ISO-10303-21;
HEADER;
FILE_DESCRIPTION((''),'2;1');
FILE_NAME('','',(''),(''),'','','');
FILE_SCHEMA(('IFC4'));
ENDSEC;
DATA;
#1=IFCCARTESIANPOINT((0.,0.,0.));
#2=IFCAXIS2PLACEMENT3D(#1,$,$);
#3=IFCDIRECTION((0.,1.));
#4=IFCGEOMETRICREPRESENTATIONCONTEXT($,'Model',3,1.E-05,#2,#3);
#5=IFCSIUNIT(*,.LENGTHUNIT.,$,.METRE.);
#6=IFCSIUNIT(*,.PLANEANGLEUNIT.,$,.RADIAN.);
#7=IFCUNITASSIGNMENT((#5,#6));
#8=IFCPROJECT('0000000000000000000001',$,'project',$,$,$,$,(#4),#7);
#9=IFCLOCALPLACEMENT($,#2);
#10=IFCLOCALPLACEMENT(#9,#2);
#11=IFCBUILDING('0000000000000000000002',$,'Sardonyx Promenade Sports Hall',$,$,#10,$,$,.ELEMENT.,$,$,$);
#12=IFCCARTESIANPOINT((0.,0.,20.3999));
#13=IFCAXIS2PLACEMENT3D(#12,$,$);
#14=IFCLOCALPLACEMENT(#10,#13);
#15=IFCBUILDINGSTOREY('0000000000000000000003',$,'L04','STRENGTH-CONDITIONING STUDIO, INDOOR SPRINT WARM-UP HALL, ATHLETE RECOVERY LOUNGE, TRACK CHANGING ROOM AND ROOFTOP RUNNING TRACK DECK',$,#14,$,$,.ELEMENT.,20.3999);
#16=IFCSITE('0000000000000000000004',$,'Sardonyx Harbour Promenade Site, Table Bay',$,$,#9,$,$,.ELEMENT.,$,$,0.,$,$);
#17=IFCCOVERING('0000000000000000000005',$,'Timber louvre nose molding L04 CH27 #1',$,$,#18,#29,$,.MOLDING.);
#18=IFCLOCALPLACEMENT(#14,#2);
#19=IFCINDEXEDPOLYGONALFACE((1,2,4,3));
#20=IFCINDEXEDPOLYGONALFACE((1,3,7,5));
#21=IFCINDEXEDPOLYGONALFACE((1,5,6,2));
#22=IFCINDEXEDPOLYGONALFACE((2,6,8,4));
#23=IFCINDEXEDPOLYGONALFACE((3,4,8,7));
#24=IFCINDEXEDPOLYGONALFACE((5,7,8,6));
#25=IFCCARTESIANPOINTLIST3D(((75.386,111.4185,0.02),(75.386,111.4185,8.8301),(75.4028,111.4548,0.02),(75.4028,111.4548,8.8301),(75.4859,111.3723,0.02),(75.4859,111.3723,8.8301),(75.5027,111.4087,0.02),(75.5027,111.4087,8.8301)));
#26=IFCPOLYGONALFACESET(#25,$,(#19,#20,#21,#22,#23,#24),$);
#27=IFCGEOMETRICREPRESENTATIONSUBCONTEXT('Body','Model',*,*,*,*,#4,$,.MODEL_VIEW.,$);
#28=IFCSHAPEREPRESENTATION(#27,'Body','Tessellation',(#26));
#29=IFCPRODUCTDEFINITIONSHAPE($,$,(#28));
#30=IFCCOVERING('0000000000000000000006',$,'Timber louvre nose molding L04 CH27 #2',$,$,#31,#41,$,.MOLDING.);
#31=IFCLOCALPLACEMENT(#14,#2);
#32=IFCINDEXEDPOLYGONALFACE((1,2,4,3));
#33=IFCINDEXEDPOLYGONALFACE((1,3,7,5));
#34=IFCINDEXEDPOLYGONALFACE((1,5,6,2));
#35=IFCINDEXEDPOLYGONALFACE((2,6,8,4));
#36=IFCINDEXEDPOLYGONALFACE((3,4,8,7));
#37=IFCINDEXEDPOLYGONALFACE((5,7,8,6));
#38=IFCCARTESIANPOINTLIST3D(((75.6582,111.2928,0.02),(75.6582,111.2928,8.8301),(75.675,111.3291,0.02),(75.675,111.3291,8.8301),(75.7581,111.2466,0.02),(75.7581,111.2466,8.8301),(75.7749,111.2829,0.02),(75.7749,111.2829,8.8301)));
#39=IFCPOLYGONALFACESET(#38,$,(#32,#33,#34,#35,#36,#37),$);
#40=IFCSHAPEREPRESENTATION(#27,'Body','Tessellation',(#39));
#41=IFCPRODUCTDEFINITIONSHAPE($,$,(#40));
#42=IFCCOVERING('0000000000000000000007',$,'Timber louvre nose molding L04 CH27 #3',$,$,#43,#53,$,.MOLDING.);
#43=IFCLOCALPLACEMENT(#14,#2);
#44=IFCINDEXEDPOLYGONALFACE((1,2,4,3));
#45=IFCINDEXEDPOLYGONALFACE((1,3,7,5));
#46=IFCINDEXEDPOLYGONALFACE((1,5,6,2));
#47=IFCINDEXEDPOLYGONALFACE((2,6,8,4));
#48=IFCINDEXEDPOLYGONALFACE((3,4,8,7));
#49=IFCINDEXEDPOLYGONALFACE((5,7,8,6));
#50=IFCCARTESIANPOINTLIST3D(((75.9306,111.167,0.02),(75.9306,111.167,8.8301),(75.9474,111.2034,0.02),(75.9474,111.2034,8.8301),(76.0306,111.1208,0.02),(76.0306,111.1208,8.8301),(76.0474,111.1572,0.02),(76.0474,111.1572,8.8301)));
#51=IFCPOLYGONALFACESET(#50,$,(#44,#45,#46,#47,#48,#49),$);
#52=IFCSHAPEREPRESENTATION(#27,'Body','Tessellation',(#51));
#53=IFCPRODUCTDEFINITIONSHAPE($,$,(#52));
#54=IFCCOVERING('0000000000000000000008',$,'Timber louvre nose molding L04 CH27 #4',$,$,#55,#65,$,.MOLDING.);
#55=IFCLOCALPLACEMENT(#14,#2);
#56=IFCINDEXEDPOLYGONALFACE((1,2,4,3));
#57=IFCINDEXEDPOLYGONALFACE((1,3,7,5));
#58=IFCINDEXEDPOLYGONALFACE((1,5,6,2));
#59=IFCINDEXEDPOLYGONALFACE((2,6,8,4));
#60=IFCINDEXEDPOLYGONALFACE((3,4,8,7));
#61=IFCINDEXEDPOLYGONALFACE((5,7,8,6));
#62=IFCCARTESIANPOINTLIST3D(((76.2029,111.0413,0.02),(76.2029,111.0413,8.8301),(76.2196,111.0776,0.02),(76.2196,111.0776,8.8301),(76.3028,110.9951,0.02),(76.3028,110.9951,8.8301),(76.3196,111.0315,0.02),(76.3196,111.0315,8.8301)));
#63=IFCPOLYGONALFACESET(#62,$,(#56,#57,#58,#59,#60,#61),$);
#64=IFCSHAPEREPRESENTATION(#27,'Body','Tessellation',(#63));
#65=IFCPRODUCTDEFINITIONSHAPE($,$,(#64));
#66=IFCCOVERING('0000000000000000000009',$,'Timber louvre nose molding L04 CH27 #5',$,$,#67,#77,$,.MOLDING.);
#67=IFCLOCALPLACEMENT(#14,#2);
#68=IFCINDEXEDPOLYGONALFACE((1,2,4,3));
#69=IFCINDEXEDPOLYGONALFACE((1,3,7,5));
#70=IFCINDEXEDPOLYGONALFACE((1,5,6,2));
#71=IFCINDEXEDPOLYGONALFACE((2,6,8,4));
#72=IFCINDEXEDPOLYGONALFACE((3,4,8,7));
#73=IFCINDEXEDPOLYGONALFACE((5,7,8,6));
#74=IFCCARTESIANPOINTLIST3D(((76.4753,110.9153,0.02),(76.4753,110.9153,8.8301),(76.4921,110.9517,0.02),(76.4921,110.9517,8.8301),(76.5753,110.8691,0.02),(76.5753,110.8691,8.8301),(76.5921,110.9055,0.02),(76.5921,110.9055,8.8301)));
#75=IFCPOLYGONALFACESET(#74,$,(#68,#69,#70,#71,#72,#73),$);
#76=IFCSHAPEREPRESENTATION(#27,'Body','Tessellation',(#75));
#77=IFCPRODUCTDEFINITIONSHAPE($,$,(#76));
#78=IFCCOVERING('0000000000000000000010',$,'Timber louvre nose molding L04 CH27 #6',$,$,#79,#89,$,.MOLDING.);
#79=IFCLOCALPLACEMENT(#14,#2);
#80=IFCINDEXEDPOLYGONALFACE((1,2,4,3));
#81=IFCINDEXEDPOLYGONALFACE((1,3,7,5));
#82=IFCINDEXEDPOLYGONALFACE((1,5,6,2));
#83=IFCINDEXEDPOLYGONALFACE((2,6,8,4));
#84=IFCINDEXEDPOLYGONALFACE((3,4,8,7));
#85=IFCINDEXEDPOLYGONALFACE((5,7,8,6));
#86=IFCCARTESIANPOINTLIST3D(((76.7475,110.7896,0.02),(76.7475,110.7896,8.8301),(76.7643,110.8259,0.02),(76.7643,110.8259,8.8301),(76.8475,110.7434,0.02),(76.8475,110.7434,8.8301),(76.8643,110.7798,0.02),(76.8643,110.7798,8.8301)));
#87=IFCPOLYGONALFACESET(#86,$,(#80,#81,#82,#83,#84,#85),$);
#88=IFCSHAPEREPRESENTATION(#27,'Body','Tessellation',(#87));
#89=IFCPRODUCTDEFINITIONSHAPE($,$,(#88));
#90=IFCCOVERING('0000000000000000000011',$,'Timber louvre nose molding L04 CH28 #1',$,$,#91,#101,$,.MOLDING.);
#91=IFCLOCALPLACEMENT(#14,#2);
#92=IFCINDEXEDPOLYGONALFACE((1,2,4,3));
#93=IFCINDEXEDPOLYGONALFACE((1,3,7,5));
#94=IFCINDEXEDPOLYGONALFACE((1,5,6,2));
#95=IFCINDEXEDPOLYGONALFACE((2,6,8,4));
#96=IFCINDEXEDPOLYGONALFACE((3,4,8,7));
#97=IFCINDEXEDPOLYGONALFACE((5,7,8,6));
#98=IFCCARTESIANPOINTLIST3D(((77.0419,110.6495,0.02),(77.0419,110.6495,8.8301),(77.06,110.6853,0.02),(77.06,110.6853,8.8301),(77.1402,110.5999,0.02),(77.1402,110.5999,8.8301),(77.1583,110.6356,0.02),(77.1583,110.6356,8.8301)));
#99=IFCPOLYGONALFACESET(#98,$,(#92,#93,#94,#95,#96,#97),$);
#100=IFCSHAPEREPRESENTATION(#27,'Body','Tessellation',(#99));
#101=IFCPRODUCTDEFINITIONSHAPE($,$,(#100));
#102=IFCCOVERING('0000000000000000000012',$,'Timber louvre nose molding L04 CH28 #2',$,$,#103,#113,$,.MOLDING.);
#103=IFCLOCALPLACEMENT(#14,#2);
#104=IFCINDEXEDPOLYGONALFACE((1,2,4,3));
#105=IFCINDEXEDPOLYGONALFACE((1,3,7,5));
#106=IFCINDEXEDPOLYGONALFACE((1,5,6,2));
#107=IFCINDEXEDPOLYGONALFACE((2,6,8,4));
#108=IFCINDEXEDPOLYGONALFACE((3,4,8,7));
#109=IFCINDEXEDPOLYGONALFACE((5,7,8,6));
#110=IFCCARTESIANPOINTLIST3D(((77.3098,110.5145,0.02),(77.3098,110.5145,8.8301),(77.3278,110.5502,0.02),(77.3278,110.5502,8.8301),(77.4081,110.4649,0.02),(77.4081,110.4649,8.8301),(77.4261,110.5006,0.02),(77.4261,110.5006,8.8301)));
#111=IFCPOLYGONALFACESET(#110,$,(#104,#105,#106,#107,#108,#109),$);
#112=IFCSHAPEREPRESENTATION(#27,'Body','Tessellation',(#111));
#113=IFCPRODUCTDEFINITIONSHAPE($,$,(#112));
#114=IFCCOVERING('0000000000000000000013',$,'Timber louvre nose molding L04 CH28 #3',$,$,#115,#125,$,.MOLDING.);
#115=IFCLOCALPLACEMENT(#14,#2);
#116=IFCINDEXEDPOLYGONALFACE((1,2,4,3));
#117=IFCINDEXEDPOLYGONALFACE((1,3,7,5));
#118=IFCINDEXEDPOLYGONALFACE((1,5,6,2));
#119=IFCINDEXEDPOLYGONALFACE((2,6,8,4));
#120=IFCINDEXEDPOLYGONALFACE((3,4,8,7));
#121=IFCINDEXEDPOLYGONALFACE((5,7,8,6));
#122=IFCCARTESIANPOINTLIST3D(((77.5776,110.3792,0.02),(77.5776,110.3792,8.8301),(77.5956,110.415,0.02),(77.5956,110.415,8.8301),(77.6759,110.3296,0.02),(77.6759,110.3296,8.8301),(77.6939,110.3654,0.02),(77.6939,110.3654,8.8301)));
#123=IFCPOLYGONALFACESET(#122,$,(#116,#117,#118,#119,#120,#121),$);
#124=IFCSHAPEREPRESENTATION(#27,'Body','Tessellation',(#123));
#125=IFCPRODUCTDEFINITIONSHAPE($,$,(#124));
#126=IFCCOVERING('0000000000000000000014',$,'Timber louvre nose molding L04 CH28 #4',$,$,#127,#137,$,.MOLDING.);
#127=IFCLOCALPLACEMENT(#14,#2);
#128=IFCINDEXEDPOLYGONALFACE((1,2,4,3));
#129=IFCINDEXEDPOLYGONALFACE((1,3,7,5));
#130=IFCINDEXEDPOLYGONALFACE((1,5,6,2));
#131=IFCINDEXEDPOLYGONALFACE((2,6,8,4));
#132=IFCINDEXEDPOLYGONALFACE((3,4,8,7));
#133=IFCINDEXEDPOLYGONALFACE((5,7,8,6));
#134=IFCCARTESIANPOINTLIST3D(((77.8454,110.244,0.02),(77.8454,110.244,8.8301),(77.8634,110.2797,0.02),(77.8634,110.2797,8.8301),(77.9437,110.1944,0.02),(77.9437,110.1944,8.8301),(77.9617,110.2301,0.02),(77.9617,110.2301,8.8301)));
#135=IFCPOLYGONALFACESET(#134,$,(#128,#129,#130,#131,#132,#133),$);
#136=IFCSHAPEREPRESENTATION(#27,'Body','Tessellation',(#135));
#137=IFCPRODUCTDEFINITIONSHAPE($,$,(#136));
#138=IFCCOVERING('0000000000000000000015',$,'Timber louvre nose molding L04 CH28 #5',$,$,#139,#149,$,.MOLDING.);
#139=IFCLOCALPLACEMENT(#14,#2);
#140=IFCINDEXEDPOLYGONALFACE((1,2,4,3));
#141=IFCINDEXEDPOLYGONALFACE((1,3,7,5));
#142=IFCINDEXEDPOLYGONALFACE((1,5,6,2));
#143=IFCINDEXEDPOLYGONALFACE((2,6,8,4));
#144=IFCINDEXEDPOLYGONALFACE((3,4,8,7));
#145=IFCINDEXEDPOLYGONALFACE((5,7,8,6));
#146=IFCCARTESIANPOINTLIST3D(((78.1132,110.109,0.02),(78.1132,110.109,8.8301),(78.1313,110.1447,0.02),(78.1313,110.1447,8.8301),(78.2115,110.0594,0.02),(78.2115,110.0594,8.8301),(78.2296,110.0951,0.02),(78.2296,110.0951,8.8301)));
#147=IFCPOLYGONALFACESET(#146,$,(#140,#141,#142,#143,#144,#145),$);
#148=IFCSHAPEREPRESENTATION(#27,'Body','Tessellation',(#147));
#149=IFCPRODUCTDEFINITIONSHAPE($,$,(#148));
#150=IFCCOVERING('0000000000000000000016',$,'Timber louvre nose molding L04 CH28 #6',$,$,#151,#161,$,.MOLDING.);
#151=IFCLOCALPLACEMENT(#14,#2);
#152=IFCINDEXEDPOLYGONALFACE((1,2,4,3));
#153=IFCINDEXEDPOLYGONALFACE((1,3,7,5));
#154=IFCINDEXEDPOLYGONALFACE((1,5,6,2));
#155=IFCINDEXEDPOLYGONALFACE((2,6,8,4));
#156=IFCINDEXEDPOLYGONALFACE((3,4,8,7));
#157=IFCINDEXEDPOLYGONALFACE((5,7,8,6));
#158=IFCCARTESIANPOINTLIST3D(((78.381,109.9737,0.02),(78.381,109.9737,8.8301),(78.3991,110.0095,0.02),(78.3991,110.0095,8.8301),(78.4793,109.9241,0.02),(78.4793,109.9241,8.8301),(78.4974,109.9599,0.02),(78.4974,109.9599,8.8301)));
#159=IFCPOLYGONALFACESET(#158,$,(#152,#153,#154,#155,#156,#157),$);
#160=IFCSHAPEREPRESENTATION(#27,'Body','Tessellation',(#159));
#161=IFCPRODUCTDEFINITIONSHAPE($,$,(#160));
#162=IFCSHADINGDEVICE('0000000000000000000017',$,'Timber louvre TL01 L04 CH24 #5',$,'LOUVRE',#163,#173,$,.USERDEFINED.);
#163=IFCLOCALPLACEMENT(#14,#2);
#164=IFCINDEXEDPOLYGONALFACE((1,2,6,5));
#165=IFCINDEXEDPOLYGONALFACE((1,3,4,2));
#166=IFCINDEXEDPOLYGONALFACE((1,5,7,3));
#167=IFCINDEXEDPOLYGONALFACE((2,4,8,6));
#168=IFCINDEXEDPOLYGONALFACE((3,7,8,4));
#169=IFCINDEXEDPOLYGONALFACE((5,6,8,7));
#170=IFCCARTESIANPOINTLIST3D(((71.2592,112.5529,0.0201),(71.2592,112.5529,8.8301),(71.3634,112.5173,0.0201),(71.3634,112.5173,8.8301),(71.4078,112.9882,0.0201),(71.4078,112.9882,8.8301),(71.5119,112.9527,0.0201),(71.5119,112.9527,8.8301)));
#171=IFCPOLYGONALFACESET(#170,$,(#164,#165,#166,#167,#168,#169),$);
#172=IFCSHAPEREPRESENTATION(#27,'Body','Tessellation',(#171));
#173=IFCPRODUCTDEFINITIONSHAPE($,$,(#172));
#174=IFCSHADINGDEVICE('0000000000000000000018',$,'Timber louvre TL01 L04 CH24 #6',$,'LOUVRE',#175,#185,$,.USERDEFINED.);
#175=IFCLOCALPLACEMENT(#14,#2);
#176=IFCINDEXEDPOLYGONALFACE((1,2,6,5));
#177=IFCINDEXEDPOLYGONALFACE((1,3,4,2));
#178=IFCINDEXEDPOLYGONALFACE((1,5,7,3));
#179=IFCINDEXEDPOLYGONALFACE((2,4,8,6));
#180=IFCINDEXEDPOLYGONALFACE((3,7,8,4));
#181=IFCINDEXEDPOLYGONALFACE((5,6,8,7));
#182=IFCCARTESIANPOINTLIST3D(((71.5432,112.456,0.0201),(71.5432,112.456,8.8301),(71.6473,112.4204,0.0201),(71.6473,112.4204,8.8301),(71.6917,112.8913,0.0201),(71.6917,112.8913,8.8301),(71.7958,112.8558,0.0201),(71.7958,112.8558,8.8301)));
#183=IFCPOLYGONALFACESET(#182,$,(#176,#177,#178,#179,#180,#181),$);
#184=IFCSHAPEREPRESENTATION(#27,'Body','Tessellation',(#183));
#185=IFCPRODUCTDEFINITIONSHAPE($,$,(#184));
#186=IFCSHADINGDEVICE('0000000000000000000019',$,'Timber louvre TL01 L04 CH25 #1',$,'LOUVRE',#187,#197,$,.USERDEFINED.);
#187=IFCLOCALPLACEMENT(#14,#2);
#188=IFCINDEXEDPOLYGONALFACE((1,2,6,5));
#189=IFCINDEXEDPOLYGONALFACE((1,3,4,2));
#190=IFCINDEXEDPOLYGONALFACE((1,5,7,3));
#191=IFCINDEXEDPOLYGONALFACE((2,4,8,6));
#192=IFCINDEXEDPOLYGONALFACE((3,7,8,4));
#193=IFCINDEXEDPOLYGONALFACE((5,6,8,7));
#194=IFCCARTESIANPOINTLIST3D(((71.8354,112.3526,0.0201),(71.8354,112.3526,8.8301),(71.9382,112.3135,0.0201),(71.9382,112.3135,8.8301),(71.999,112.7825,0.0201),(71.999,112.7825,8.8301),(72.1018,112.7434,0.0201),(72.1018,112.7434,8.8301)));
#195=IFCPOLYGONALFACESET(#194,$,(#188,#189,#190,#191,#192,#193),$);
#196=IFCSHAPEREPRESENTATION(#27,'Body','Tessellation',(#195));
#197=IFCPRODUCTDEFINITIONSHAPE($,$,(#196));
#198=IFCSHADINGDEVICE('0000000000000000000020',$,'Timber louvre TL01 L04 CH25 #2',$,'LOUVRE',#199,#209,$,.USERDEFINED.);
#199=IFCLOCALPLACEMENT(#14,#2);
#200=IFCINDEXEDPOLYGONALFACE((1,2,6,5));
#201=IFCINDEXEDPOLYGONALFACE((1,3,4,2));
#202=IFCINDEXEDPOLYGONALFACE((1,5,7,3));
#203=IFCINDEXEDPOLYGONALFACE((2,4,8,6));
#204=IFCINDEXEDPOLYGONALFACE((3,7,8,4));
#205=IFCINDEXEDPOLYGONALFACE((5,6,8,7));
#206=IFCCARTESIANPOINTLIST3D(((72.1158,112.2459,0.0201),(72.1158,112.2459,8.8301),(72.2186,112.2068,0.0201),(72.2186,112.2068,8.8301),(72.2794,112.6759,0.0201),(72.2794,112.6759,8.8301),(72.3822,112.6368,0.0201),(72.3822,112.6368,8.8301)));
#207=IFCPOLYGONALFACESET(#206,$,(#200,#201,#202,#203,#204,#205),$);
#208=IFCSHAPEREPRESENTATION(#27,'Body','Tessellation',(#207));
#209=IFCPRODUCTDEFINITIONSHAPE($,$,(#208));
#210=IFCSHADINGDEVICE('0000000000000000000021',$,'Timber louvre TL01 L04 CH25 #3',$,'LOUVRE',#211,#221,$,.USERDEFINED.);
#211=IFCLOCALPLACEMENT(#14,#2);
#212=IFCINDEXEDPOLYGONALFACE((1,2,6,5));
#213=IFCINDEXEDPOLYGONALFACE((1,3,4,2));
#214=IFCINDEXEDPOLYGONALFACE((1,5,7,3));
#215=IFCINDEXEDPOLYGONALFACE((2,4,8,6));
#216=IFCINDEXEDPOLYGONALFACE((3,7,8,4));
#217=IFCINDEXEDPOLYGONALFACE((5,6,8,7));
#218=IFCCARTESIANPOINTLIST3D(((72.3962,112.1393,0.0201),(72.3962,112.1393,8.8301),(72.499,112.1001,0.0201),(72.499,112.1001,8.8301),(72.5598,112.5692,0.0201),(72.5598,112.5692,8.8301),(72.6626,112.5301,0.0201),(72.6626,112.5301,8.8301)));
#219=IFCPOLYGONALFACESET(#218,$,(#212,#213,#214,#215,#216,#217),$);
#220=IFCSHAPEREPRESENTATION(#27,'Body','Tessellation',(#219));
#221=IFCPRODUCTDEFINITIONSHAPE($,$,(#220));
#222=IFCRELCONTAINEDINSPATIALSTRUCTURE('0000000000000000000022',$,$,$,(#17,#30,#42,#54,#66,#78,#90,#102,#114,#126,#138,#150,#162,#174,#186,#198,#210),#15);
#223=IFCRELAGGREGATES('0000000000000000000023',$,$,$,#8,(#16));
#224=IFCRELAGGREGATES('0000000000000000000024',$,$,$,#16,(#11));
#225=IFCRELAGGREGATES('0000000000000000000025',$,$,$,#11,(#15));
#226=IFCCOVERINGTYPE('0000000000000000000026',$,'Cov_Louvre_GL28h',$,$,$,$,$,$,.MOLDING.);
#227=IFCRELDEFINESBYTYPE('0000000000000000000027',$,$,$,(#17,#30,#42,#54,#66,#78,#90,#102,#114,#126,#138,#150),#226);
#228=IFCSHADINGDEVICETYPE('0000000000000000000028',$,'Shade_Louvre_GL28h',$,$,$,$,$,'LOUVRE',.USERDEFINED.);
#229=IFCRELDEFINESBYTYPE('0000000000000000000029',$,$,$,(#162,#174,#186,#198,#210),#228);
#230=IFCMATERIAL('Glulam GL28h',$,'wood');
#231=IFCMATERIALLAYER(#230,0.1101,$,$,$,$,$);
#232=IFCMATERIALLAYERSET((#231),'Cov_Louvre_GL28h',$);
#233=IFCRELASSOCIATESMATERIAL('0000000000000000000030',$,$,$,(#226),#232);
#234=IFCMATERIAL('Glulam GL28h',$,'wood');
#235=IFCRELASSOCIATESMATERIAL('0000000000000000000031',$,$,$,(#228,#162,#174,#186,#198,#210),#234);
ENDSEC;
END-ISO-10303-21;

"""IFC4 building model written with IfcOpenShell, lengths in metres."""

from ifc_helpers import new_model, si_unit, direction, frame, origin, origin_2d, place, context, subcontext, project, spatial, rectangle, extrude, material, layer, layer_set, type_object, element, save


model = new_model("IFC4")

# Units and contexts
model_context = context("Model", 3, precision=1e-05, world=origin(), true_north=direction((0.0, 1.0)))
body_context = subcontext(model_context, "Body", "Model", "MODEL_VIEW")
ifc_project = project(units=[si_unit("LENGTHUNIT", "METRE"), si_unit("PLANEANGLEUNIT", "RADIAN")], contexts=[model_context])

# Site, building, storey
site_placement = place(None, origin())
site = spatial("IfcSite", under=ifc_project, at=site_placement, Name="Sardonyx Harbour Promenade Site, Table Bay", CompositionType="ELEMENT", RefElevation=0.0)
building_placement = place(site_placement, origin())
building = spatial("IfcBuilding", under=site, at=building_placement, Name="Sardonyx Promenade Sports Hall", CompositionType="ELEMENT")
storey_placement = place(building_placement, frame((0.0, 0.0, 20.3999)))
storey = spatial("IfcBuildingStorey", under=building, at=storey_placement, Name="L04", Description="STRENGTH-CONDITIONING STUDIO, INDOOR SPRINT WARM-UP HALL, ATHLETE RECOVERY LOUNGE, TRACK CHANGING ROOM AND ROOFTOP RUNNING TRACK DECK", CompositionType="ELEMENT", Elevation=20.3999)

# Coverings
ifc_material_1 = material(Name="Glulam GL28h", Category="wood")
ifc_layer_1 = layer(ifc_material_1, 0.1101)
ifc_layer_set_1 = layer_set([ifc_layer_1], Name="Cov_Louvre_GL28h")
covering_type = type_object("IfcCoveringType", Name="Cov_Louvre_GL28h", PredefinedType="MOLDING", material=ifc_layer_set_1)
for number, where, z_axis, x_axis, name in (
    (1, (75.4443, 111.4136, 0.02), (0.0, 0.0, 1.0), (0.907831, -0.419336, 0.0), "Timber louvre nose molding L04 CH27 #1"),
    (2, (75.7166, 111.2878, 0.02), (0.0, 0.0, 1.0), (0.907831, -0.419336, 0.0), "Timber louvre nose molding L04 CH27 #2"),
    (3, (75.989, 111.1621, 0.02), (0.0, 0.0, 1.0), (0.907831, -0.419336, 0.0), "Timber louvre nose molding L04 CH27 #3"),
    (4, (76.2612, 111.0364, 0.02), (0.0, 0.0, 1.0), (0.907831, -0.419336, 0.0), "Timber louvre nose molding L04 CH27 #4"),
    (5, (76.5337, 110.9104, 0.02), (0.0, 0.0, 1.0), (0.907831, -0.419336, 0.0), "Timber louvre nose molding L04 CH27 #5"),
    (6, (76.8059, 110.7847, 0.02), (0.0, 0.0, 1.0), (0.907831, -0.419336, 0.0), "Timber louvre nose molding L04 CH27 #6"),
    (7, (77.1001, 110.6426, 0.02), (0.0, 0.0, 1.0), (0.892774, -0.450505, 0.0), "Timber louvre nose molding L04 CH28 #1"),
    (8, (77.3679, 110.5076, 0.02), (0.0, 0.0, 1.0), (0.892774, -0.450505, 0.0), "Timber louvre nose molding L04 CH28 #2"),
    (9, (77.6357, 110.3723, 0.02), (0.0, 0.0, 1.0), (0.892774, -0.450505, 0.0), "Timber louvre nose molding L04 CH28 #3"),
    (10, (77.9036, 110.2371, 0.02), (0.0, 0.0, 1.0), (0.892774, -0.450505, 0.0), "Timber louvre nose molding L04 CH28 #4"),
    (11, (78.1714, 110.1021, 0.02), (0.0, 0.0, 1.0), (0.892774, -0.450505, 0.0), "Timber louvre nose molding L04 CH28 #5"),
    (12, (78.4392, 109.9668, 0.02), (0.0, 0.0, 1.0), (0.892774, -0.450505, 0.0), "Timber louvre nose molding L04 CH28 #6"),
):
    element("IfcCovering", number, at=place(storey_placement, frame(where, z_axis=z_axis, x_axis=x_axis)), inside=storey, type_object=covering_type, Name=name, PredefinedType="MOLDING", context=body_context, shape_type="SweptSolid", body=[
        extrude(rectangle(XDim=0.1101, YDim=0.04, at=origin_2d()), origin(), (0.0, 0.0, 1.0), 8.8101),
    ])

# Shading devices
ifc_material_2 = material(Name="Glulam GL28h", Category="wood")
shading_device_type = type_object("IfcShadingDeviceType", Name="Shade_Louvre_GL28h", ElementType="LOUVRE", PredefinedType="USERDEFINED", material=ifc_material_2)
for number, where, z_axis, x_axis, name in (
    (13, (71.3856, 112.7528, 0.0201), (0.0, 0.0, 1.0), (0.946411, -0.322966, 0.0), "Timber louvre TL01 L04 CH24 #5"),
    (14, (71.6695, 112.6559, 0.0201), (0.0, 0.0, 1.0), (0.946411, -0.322966, 0.0), "Timber louvre TL01 L04 CH24 #6"),
    (15, (71.9686, 112.548, 0.0201), (0.0, 0.0, 1.0), (0.934666, -0.355528, 0.0), "Timber louvre TL01 L04 CH25 #1"),
    (16, (72.249, 112.4413, 0.0201), (0.0, 0.0, 1.0), (0.934666, -0.355528, 0.0), "Timber louvre TL01 L04 CH25 #2"),
    (17, (72.5294, 112.3347, 0.0201), (0.0, 0.0, 1.0), (0.934666, -0.355528, 0.0), "Timber louvre TL01 L04 CH25 #3"),
):
    element("IfcShadingDevice", number, at=place(storey_placement, frame(where, z_axis=z_axis, x_axis=x_axis)), inside=storey, type_object=shading_device_type, material=ifc_material_2, Name=name, ObjectType="LOUVRE", PredefinedType="USERDEFINED", context=body_context, shape_type="SweptSolid", body=[
        extrude(rectangle(XDim=0.11, YDim=0.46), origin(), (0.0, 0.0, 1.0), 8.81),
    ])

save(model, "model.ifc")
